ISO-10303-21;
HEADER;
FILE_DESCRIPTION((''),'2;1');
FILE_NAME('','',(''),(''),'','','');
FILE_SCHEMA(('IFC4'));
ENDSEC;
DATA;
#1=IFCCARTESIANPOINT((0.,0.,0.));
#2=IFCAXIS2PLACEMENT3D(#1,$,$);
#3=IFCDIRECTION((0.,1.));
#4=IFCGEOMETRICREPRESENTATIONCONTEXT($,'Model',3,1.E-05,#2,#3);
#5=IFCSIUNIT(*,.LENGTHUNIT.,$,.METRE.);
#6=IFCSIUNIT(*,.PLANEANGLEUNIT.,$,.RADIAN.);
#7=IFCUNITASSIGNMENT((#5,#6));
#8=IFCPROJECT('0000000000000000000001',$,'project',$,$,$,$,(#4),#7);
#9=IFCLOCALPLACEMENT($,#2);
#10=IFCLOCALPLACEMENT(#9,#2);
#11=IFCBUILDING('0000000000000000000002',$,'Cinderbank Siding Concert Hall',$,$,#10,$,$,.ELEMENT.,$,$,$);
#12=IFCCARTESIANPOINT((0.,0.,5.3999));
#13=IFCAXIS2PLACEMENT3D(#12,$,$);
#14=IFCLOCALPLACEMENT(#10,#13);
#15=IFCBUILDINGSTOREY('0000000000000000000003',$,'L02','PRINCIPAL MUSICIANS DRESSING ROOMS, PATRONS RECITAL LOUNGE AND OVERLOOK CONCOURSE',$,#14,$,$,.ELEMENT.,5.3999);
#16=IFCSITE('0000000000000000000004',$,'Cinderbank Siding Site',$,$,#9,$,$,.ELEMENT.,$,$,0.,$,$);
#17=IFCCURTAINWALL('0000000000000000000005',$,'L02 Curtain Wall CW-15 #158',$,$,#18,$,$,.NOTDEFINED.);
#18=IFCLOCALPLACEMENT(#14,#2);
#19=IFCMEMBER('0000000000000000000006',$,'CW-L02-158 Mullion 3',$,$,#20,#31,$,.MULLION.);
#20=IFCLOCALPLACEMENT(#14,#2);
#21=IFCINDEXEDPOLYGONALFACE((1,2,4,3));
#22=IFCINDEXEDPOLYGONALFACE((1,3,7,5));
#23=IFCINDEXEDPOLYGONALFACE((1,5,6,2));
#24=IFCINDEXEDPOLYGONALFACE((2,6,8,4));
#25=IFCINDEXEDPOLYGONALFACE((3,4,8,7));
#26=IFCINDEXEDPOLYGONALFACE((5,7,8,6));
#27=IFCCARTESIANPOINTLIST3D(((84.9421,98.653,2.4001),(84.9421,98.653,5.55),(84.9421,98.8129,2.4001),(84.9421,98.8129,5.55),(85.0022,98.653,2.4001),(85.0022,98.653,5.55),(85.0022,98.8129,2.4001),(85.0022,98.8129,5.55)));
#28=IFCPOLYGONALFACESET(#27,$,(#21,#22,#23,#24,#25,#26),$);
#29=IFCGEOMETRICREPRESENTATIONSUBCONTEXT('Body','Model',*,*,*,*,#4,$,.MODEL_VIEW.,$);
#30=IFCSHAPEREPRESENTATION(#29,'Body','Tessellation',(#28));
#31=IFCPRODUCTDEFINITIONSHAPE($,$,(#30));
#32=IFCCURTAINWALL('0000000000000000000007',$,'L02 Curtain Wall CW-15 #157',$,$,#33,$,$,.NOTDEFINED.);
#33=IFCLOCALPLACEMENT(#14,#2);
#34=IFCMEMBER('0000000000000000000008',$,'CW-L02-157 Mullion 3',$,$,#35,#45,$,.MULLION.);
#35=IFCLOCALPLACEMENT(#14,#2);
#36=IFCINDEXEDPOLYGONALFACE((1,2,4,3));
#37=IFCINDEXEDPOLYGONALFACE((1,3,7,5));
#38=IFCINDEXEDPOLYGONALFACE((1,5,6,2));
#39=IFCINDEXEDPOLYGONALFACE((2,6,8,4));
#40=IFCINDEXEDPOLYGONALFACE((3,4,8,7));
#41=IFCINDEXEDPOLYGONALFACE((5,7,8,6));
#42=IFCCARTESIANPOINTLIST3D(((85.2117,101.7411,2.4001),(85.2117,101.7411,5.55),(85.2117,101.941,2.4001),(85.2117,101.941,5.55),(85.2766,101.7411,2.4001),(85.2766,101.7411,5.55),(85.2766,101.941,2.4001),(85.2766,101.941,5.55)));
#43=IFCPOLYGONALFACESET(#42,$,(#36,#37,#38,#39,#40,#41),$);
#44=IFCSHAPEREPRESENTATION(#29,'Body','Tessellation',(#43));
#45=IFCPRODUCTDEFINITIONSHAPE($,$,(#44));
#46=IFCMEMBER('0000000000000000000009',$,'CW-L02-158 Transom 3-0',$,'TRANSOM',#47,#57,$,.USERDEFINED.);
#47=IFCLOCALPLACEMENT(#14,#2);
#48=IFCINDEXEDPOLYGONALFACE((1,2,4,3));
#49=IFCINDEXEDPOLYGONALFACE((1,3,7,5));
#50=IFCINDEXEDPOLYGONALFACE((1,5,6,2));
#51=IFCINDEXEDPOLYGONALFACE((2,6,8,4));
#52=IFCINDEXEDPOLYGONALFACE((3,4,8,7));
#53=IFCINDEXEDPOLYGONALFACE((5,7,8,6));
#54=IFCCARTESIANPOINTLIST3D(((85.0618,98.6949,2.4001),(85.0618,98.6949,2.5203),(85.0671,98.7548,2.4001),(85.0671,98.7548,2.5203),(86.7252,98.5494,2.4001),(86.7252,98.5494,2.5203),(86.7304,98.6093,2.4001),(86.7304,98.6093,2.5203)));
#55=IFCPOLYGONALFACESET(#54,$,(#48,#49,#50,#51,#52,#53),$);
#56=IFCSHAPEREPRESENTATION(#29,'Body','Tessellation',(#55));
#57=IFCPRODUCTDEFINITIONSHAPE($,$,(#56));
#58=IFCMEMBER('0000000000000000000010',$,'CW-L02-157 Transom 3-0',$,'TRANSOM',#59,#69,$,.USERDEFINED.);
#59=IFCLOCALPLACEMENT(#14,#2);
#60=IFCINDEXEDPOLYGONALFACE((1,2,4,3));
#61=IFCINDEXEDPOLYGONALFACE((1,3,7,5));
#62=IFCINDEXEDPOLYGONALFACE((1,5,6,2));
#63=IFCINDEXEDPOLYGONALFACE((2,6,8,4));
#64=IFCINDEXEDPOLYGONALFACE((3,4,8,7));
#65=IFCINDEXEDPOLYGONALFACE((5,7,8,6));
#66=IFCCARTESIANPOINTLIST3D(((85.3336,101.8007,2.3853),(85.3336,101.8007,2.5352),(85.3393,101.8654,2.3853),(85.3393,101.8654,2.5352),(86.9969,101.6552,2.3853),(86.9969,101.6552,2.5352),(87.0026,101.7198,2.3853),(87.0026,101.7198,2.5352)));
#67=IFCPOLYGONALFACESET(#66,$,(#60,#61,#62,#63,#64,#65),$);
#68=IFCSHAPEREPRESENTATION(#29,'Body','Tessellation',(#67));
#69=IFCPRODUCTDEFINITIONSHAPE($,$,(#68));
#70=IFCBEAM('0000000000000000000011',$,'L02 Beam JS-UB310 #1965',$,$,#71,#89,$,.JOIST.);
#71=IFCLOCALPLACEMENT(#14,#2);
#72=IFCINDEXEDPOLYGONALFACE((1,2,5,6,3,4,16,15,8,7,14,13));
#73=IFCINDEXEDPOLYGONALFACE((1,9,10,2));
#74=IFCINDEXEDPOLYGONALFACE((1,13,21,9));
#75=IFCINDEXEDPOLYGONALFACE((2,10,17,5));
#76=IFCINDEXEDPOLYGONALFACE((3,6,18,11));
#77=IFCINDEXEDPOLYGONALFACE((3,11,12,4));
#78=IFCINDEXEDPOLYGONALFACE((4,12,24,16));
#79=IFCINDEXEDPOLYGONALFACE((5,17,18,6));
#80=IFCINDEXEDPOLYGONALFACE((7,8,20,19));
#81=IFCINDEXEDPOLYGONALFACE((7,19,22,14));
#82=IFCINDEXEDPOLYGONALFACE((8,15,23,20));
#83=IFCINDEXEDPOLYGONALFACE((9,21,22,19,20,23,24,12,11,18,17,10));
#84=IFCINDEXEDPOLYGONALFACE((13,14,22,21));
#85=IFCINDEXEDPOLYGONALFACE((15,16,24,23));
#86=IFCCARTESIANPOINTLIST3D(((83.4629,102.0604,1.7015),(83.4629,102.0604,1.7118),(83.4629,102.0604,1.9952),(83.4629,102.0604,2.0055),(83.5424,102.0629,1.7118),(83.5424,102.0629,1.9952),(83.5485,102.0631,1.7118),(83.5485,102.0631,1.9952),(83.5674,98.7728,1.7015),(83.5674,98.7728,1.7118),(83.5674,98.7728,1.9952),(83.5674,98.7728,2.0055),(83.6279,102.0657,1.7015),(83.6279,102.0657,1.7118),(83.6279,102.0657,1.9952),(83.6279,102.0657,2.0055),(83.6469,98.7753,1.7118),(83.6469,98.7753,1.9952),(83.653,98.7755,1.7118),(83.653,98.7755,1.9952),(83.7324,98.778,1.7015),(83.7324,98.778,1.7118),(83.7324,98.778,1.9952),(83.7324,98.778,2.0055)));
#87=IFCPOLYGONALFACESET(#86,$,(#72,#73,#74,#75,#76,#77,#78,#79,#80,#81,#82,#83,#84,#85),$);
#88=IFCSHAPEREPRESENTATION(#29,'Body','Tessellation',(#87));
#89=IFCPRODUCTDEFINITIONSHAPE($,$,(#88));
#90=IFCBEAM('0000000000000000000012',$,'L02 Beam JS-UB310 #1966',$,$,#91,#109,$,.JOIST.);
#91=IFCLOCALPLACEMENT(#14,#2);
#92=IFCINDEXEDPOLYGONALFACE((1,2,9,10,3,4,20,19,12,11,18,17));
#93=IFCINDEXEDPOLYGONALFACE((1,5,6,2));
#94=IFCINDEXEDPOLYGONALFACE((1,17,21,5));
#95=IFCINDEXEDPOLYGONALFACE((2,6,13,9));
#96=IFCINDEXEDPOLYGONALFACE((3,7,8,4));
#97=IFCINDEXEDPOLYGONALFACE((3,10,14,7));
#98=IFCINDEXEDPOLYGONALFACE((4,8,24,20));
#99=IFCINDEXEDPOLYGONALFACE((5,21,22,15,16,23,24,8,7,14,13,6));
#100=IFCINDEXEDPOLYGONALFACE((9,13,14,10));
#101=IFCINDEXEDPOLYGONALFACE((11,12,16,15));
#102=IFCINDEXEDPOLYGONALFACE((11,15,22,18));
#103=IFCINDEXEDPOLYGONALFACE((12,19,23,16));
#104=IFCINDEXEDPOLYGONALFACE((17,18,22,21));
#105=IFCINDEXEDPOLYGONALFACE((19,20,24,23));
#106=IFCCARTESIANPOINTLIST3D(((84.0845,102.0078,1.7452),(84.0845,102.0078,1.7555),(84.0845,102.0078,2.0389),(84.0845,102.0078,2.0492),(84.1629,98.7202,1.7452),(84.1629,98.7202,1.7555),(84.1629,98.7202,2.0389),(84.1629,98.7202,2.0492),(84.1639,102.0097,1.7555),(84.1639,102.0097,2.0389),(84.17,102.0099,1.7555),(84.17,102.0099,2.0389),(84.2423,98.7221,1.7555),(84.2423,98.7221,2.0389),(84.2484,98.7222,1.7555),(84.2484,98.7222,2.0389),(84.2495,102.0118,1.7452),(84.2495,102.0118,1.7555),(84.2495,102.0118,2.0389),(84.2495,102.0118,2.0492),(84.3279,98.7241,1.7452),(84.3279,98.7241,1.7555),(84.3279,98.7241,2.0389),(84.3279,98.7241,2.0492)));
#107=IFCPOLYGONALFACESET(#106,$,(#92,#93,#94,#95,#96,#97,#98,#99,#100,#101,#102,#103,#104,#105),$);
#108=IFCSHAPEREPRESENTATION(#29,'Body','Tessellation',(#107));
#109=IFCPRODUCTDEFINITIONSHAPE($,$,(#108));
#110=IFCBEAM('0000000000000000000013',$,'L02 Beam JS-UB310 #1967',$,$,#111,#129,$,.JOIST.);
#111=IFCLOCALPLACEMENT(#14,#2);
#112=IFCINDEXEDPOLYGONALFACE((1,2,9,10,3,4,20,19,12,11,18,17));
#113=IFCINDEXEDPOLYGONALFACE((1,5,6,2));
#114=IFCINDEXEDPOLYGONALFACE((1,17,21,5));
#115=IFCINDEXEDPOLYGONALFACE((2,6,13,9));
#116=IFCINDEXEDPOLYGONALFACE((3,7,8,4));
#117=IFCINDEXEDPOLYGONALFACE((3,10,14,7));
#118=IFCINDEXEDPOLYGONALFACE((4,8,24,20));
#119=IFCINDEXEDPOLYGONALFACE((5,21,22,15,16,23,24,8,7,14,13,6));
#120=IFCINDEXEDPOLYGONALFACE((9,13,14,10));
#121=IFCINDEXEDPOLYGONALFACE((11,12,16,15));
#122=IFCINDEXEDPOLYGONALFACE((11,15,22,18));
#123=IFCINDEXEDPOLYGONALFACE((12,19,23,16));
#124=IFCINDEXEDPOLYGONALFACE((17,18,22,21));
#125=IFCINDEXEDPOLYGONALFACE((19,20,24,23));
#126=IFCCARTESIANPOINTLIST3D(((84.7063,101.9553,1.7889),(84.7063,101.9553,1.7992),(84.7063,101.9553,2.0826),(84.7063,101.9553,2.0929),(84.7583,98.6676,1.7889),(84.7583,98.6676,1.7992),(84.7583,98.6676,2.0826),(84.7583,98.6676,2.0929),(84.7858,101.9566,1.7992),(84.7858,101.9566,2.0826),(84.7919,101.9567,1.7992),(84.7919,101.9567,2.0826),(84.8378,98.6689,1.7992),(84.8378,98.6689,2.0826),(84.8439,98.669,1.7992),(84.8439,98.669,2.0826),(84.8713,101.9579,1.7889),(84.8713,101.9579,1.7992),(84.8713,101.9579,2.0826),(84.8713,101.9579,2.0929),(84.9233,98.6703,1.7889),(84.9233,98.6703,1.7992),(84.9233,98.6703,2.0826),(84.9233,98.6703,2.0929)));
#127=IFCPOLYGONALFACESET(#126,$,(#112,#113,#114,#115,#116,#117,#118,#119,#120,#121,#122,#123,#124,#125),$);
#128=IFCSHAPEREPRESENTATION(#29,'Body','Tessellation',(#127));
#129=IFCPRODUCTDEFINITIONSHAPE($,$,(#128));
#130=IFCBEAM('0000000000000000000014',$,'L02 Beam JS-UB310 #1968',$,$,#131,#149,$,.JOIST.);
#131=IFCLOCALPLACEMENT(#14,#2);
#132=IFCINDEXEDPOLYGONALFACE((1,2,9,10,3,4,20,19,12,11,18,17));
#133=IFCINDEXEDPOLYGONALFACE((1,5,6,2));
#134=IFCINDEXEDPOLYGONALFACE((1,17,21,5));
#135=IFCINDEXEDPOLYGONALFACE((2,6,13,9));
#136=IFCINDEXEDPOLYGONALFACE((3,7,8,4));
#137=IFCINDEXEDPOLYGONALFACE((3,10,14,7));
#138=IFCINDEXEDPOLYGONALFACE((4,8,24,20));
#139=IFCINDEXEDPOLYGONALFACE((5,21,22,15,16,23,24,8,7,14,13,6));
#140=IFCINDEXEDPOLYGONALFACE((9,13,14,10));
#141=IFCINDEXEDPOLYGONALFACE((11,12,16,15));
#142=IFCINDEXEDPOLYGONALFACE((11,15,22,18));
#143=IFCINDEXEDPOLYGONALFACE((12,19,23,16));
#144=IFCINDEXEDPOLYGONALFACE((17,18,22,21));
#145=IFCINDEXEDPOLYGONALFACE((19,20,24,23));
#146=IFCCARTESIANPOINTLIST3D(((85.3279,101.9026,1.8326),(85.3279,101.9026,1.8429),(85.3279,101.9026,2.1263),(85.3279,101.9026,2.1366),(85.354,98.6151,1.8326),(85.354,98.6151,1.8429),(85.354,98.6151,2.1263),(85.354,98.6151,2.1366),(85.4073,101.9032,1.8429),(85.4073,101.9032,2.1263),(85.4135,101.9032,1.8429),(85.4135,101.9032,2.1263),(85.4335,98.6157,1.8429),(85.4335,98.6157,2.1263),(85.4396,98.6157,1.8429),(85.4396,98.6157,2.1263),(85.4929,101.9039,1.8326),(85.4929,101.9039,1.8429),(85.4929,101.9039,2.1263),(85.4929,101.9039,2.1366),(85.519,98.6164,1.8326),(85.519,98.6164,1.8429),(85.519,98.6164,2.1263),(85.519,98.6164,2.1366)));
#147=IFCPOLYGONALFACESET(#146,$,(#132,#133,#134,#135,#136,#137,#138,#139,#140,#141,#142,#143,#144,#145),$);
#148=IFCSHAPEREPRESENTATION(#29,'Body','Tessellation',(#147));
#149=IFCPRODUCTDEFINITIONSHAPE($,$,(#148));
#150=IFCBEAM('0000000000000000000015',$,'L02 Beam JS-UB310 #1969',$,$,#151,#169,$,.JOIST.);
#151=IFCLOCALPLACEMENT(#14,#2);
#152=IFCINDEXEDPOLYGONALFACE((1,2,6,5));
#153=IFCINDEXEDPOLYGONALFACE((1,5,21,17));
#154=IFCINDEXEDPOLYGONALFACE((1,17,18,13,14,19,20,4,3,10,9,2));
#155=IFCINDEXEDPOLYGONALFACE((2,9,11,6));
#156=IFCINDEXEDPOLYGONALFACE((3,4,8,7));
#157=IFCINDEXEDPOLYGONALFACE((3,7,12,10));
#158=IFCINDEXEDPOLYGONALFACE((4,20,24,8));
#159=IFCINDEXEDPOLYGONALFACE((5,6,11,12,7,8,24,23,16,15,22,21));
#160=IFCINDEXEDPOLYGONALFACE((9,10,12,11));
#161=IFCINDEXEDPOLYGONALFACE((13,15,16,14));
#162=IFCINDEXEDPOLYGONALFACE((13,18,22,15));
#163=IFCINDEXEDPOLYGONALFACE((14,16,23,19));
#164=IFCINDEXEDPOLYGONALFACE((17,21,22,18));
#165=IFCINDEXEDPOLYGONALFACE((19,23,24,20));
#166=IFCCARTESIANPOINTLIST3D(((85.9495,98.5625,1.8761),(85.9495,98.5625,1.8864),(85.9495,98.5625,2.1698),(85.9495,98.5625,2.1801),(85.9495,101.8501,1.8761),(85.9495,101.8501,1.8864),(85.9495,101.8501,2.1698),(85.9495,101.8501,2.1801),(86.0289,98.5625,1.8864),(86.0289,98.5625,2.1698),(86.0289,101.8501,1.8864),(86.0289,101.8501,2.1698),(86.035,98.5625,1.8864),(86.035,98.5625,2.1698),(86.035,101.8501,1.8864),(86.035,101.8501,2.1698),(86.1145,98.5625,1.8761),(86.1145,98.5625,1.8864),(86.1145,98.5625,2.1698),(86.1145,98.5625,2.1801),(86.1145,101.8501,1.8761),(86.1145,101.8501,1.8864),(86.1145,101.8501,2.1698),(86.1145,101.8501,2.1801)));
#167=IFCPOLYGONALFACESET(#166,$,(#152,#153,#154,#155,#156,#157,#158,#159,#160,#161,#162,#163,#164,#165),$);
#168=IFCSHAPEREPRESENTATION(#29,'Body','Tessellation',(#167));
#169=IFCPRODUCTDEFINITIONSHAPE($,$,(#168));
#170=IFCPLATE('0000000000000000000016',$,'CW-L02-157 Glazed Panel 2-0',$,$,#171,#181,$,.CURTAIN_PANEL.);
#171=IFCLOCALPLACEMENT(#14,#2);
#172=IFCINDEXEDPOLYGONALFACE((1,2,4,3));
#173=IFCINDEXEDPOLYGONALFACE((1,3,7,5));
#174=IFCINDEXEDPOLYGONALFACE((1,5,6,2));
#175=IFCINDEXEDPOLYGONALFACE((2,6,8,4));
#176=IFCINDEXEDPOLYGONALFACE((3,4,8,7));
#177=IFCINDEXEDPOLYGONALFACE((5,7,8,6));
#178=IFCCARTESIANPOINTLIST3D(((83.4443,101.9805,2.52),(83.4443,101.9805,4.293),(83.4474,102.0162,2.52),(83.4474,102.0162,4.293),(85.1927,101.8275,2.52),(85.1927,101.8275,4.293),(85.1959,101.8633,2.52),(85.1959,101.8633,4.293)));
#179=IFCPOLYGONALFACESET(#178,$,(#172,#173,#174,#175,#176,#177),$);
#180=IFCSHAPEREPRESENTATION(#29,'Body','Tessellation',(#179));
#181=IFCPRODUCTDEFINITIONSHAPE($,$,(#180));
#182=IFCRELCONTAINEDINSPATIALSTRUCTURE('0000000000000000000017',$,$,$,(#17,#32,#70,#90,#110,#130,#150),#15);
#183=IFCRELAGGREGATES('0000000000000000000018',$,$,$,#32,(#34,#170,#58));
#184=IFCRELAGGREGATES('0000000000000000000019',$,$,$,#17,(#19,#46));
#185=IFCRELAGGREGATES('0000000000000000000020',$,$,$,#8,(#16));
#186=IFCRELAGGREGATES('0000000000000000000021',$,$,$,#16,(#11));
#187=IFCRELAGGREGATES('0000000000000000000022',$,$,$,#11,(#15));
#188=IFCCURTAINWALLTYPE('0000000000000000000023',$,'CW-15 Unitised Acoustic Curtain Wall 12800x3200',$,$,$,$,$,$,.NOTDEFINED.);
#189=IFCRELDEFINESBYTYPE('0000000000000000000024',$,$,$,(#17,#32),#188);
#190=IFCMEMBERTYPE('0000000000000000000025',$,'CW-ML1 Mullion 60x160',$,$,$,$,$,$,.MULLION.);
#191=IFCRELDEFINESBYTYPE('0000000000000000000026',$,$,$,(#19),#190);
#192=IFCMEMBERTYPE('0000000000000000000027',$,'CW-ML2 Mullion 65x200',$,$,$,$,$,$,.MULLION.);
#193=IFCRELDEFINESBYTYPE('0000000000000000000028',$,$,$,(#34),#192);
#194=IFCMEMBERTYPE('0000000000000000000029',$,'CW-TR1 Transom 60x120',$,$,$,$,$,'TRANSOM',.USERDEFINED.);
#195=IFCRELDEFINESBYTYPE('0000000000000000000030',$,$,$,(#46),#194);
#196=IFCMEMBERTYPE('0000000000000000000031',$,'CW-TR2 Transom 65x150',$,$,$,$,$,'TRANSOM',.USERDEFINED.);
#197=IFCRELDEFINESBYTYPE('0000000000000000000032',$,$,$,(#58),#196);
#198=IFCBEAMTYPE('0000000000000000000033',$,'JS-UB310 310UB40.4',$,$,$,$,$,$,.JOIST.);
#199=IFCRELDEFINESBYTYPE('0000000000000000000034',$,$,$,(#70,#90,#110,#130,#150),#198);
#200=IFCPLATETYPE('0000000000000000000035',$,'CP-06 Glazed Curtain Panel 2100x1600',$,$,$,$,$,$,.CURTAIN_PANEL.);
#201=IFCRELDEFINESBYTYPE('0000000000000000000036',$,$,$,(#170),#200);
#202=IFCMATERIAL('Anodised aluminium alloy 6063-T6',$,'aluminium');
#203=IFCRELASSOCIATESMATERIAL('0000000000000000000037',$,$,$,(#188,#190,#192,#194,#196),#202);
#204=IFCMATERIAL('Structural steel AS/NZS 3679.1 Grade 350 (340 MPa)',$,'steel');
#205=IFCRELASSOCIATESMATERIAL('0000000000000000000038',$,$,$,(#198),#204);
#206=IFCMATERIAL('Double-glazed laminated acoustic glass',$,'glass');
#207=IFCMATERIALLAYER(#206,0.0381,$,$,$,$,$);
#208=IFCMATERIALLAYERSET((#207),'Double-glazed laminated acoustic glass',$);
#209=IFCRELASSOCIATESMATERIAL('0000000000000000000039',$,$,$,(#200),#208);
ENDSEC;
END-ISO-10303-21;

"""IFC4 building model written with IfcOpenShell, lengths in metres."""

from ifc_helpers import new_model, si_unit, direction, frame, origin, origin_2d, place, context, subcontext, project, spatial, rectangle, i_section, extrude, material, layer, layer_set, material_profile, profile_set, type_object, element, aggregate, save


model = new_model("IFC4")

# Units and contexts
model_context = context("Model", 3, precision=1e-05, world=origin(), true_north=direction((0.0, 1.0)))
body_context = subcontext(model_context, "Body", "Model", "MODEL_VIEW")
ifc_project = project(units=[si_unit("LENGTHUNIT", "METRE"), si_unit("PLANEANGLEUNIT", "RADIAN")], contexts=[model_context])

# Site, building, storey
site_placement = place(None, origin())
site = spatial("IfcSite", under=ifc_project, at=site_placement, Name="Cinderbank Siding Site", CompositionType="ELEMENT", RefElevation=0.0)
building_placement = place(site_placement, origin())
building = spatial("IfcBuilding", under=site, at=building_placement, Name="Cinderbank Siding Concert Hall", CompositionType="ELEMENT")
storey_placement = place(building_placement, frame((0.0, 0.0, 5.3999)))
storey = spatial("IfcBuildingStorey", under=building, at=storey_placement, Name="L02", Description="PRINCIPAL MUSICIANS DRESSING ROOMS, PATRONS RECITAL LOUNGE AND OVERLOOK CONCOURSE", CompositionType="ELEMENT", Elevation=5.3999)

# Curtain walls, members
ifc_material_1 = material(Name="Anodised aluminium alloy 6063-T6", Category="aluminium")
curtain_wall_type = type_object("IfcCurtainWallType", Name="CW-15 Unitised Acoustic Curtain Wall 12800x3200", PredefinedType="NOTDEFINED", material=ifc_material_1)
curtain_wall_1_placement = place(storey_placement, origin())
curtain_wall_1 = element("IfcCurtainWall", 1, at=curtain_wall_1_placement, inside=storey, type_object=curtain_wall_type, Name="L02 Curtain Wall CW-15 #158", PredefinedType="NOTDEFINED")
ifc_material_profile_1 = material_profile(ifc_material_1, rectangle(XDim=0.0601, YDim=0.1599, at=origin_2d()), Name="ALU-MULL-60x160", Category="LoadBearing")
ifc_profile_set_1 = profile_set([ifc_material_profile_1], Name="Anodised aluminium alloy 6063-T6")
member_type_1 = type_object("IfcMemberType", Name="CW-ML1 Mullion 60x160", PredefinedType="MULLION", material=ifc_profile_set_1)
member_1_placement = place(storey_placement, frame((84.9722, 98.7329, 2.4001), z_axis=(0.0, 0.0, 1.0), x_axis=(1.0, 0.0, 0.0)))
member_1 = element("IfcMember", 2, at=member_1_placement, type_object=member_type_1, Name="CW-L02-158 Mullion 3", PredefinedType="MULLION", context=body_context, shape_type="SweptSolid", body=[
    extrude(rectangle(XDim=0.0601, YDim=0.1599, at=origin_2d()), origin(), (0.0, 0.0, 1.0), 3.1499),
])
curtain_wall_2_placement = place(storey_placement, origin())
curtain_wall_2 = element("IfcCurtainWall", 3, at=curtain_wall_2_placement, inside=storey, type_object=curtain_wall_type, Name="L02 Curtain Wall CW-15 #157", PredefinedType="NOTDEFINED")
ifc_material_profile_2 = material_profile(ifc_material_1, rectangle(XDim=0.0649, YDim=0.2, at=origin_2d()), Name="ALU-MULL-65x200", Category="LoadBearing")
ifc_profile_set_2 = profile_set([ifc_material_profile_2], Name="Anodised aluminium alloy 6063-T6")
member_type_2 = type_object("IfcMemberType", Name="CW-ML2 Mullion 65x200", PredefinedType="MULLION", material=ifc_profile_set_2)
member_2_placement = place(storey_placement, frame((85.2441, 101.8411, 2.4001), z_axis=(0.0, 0.0, 1.0), x_axis=(1.0, 0.0, 0.0)))
member_2 = element("IfcMember", 4, at=member_2_placement, type_object=member_type_2, Name="CW-L02-157 Mullion 3", PredefinedType="MULLION", context=body_context, shape_type="SweptSolid", body=[
    extrude(rectangle(XDim=0.0649, YDim=0.2, at=origin_2d()), origin(), (0.0, 0.0, 1.0), 3.1499),
])

# Members
ifc_material_profile_3 = material_profile(ifc_material_1, rectangle(XDim=0.0601, YDim=0.1201, at=origin_2d()), Name="ALU-TRAN-60x120", Category="LoadBearing")
ifc_profile_set_3 = profile_set([ifc_material_profile_3], Name="Anodised aluminium alloy 6063-T6")
member_type_3 = type_object("IfcMemberType", Name="CW-TR1 Transom 60x120", ElementType="TRANSOM", PredefinedType="USERDEFINED", material=ifc_profile_set_3)
member_3_placement = place(storey_placement, frame((85.0645, 98.7249, 2.4602), z_axis=(0.996195, -0.087147, 0.0), x_axis=(0.087147, 0.996195, 0.0)))
member_3 = element("IfcMember", 5, at=member_3_placement, type_object=member_type_3, Name="CW-L02-158 Transom 3-0", ObjectType="TRANSOM", PredefinedType="USERDEFINED", context=body_context, shape_type="SweptSolid", body=[
    extrude(rectangle(XDim=0.0601, YDim=0.1201, at=origin_2d()), origin(), (0.0, 0.0, 1.0), 1.6697),
])
ifc_material_profile_4 = material_profile(ifc_material_1, rectangle(XDim=0.0649, YDim=0.1499, at=origin_2d()), Name="ALU-TRAN-65x150", Category="LoadBearing")
ifc_profile_set_4 = profile_set([ifc_material_profile_4], Name="Anodised aluminium alloy 6063-T6")
member_type_4 = type_object("IfcMemberType", Name="CW-TR2 Transom 65x150", ElementType="TRANSOM", PredefinedType="USERDEFINED", material=ifc_profile_set_4)
member_4_placement = place(storey_placement, frame((85.3364, 101.833, 2.4602), z_axis=(0.996195, -0.087147, 0.0), x_axis=(0.087147, 0.996195, 0.0)))
member_4 = element("IfcMember", 6, at=member_4_placement, type_object=member_type_4, Name="CW-L02-157 Transom 3-0", ObjectType="TRANSOM", PredefinedType="USERDEFINED", context=body_context, shape_type="SweptSolid", body=[
    extrude(rectangle(XDim=0.0649, YDim=0.1499, at=origin_2d()), origin(), (0.0, 0.0, 1.0), 1.6697),
])

# Beams
ifc_material_2 = material(Name="Structural steel AS/NZS 3679.1 Grade 350 (340 MPa)", Category="steel")
ifc_material_profile_5 = material_profile(ifc_material_2, i_section(OverallWidth=0.165, OverallDepth=0.304, WebThickness=0.0061, FlangeThickness=0.0103, at=origin_2d()), Name="310UB40.4", Category="LoadBearing")
ifc_profile_set_5 = profile_set([ifc_material_profile_5], Name="Structural steel AS/NZS 3679.1 Grade 350 (340 MPa)")
beam_type = type_object("IfcBeamType", Name="JS-UB310 310UB40.4", PredefinedType="JOIST", material=ifc_profile_set_5)
beam_1_placement = place(storey_placement, frame((83.6499, 98.7754, 1.8535), z_axis=(-0.031768, 0.999495, 0.0), x_axis=(-0.999495, -0.031768, 0.0)))
element("IfcBeam", 7, at=beam_1_placement, inside=storey, type_object=beam_type, Name="L02 Beam JS-UB310 #1965", PredefinedType="JOIST", context=body_context, shape_type="SweptSolid", body=[
    extrude(i_section(OverallWidth=0.165, OverallDepth=0.304, WebThickness=0.0061, FlangeThickness=0.0103, at=origin_2d()), origin(), (0.0, 0.0, 1.0), 3.2893),
])
beam_2_placement = place(storey_placement, frame((84.2454, 98.7222, 1.8972), z_axis=(-0.023831, 0.999716, 0.0), x_axis=(-0.999716, -0.023831, 0.0)))
element("IfcBeam", 8, at=beam_2_placement, inside=storey, type_object=beam_type, Name="L02 Beam JS-UB310 #1966", PredefinedType="JOIST", context=body_context, shape_type="SweptSolid", body=[
    extrude(i_section(OverallWidth=0.165, OverallDepth=0.304, WebThickness=0.0061, FlangeThickness=0.0103, at=origin_2d()), origin(), (0.0, 0.0, 1.0), 3.2886),
])
beam_3_placement = place(storey_placement, frame((84.8408, 98.6689, 1.9409), z_axis=(-0.015816, 0.999875, 0.0), x_axis=(-0.999875, -0.015816, 0.0)))
element("IfcBeam", 9, at=beam_3_placement, inside=storey, type_object=beam_type, Name="L02 Beam JS-UB310 #1967", PredefinedType="JOIST", context=body_context, shape_type="SweptSolid", body=[
    extrude(i_section(OverallWidth=0.165, OverallDepth=0.304, WebThickness=0.0061, FlangeThickness=0.0103, at=origin_2d()), origin(), (0.0, 0.0, 1.0), 3.2881),
])
for number, where, z_axis, x_axis, name in (
    (10, (85.4365, 98.6157, 1.9846), (-0.007946, 0.999968, 0.0), (-0.999968, -0.007946, 0.0), "L02 Beam JS-UB310 #1968"),
    (11, (86.032, 98.5625, 2.0281), (0.0, 1.0, 0.0), (-1.0, 0.0, 0.0), "L02 Beam JS-UB310 #1969"),
):
    element("IfcBeam", number, at=place(storey_placement, frame(where, z_axis=z_axis, x_axis=x_axis)), inside=storey, type_object=beam_type, Name=name, PredefinedType="JOIST", context=body_context, shape_type="SweptSolid", body=[
        extrude(i_section(OverallWidth=0.165, OverallDepth=0.304, WebThickness=0.0061, FlangeThickness=0.0103, at=origin_2d()), origin(), (0.0, 0.0, 1.0), 3.2876),
    ])

# Plate
ifc_material_3 = material(Name="Double-glazed laminated acoustic glass", Category="glass")
ifc_layer_1 = layer(ifc_material_3, 0.0381)
ifc_layer_set_1 = layer_set([ifc_layer_1], Name="Double-glazed laminated acoustic glass")
plate_type_1 = type_object("IfcPlateType", Name="CP-06 Glazed Curtain Panel 2100x1600", PredefinedType="CURTAIN_PANEL", material=ifc_layer_set_1)
plate_1_placement = place(storey_placement, frame((84.3201, 101.9219, 2.52), z_axis=(0.0, 0.0, 1.0), x_axis=(0.996195, -0.087157, 0.0)))
plate_1 = element("IfcPlate", 12, at=plate_1_placement, type_object=plate_type_1, Name="CW-L02-157 Glazed Panel 2-0", PredefinedType="CURTAIN_PANEL", context=body_context, shape_type="SweptSolid", body=[
    extrude(rectangle(XDim=1.7551, YDim=0.0359, at=origin_2d()), origin(), (0.0, 0.0, 1.0), 1.7729),
])
aggregate(curtain_wall_2, [member_2, plate_1, member_4])
aggregate(curtain_wall_1, [member_1, member_3])

save(model, "model.ifc")
